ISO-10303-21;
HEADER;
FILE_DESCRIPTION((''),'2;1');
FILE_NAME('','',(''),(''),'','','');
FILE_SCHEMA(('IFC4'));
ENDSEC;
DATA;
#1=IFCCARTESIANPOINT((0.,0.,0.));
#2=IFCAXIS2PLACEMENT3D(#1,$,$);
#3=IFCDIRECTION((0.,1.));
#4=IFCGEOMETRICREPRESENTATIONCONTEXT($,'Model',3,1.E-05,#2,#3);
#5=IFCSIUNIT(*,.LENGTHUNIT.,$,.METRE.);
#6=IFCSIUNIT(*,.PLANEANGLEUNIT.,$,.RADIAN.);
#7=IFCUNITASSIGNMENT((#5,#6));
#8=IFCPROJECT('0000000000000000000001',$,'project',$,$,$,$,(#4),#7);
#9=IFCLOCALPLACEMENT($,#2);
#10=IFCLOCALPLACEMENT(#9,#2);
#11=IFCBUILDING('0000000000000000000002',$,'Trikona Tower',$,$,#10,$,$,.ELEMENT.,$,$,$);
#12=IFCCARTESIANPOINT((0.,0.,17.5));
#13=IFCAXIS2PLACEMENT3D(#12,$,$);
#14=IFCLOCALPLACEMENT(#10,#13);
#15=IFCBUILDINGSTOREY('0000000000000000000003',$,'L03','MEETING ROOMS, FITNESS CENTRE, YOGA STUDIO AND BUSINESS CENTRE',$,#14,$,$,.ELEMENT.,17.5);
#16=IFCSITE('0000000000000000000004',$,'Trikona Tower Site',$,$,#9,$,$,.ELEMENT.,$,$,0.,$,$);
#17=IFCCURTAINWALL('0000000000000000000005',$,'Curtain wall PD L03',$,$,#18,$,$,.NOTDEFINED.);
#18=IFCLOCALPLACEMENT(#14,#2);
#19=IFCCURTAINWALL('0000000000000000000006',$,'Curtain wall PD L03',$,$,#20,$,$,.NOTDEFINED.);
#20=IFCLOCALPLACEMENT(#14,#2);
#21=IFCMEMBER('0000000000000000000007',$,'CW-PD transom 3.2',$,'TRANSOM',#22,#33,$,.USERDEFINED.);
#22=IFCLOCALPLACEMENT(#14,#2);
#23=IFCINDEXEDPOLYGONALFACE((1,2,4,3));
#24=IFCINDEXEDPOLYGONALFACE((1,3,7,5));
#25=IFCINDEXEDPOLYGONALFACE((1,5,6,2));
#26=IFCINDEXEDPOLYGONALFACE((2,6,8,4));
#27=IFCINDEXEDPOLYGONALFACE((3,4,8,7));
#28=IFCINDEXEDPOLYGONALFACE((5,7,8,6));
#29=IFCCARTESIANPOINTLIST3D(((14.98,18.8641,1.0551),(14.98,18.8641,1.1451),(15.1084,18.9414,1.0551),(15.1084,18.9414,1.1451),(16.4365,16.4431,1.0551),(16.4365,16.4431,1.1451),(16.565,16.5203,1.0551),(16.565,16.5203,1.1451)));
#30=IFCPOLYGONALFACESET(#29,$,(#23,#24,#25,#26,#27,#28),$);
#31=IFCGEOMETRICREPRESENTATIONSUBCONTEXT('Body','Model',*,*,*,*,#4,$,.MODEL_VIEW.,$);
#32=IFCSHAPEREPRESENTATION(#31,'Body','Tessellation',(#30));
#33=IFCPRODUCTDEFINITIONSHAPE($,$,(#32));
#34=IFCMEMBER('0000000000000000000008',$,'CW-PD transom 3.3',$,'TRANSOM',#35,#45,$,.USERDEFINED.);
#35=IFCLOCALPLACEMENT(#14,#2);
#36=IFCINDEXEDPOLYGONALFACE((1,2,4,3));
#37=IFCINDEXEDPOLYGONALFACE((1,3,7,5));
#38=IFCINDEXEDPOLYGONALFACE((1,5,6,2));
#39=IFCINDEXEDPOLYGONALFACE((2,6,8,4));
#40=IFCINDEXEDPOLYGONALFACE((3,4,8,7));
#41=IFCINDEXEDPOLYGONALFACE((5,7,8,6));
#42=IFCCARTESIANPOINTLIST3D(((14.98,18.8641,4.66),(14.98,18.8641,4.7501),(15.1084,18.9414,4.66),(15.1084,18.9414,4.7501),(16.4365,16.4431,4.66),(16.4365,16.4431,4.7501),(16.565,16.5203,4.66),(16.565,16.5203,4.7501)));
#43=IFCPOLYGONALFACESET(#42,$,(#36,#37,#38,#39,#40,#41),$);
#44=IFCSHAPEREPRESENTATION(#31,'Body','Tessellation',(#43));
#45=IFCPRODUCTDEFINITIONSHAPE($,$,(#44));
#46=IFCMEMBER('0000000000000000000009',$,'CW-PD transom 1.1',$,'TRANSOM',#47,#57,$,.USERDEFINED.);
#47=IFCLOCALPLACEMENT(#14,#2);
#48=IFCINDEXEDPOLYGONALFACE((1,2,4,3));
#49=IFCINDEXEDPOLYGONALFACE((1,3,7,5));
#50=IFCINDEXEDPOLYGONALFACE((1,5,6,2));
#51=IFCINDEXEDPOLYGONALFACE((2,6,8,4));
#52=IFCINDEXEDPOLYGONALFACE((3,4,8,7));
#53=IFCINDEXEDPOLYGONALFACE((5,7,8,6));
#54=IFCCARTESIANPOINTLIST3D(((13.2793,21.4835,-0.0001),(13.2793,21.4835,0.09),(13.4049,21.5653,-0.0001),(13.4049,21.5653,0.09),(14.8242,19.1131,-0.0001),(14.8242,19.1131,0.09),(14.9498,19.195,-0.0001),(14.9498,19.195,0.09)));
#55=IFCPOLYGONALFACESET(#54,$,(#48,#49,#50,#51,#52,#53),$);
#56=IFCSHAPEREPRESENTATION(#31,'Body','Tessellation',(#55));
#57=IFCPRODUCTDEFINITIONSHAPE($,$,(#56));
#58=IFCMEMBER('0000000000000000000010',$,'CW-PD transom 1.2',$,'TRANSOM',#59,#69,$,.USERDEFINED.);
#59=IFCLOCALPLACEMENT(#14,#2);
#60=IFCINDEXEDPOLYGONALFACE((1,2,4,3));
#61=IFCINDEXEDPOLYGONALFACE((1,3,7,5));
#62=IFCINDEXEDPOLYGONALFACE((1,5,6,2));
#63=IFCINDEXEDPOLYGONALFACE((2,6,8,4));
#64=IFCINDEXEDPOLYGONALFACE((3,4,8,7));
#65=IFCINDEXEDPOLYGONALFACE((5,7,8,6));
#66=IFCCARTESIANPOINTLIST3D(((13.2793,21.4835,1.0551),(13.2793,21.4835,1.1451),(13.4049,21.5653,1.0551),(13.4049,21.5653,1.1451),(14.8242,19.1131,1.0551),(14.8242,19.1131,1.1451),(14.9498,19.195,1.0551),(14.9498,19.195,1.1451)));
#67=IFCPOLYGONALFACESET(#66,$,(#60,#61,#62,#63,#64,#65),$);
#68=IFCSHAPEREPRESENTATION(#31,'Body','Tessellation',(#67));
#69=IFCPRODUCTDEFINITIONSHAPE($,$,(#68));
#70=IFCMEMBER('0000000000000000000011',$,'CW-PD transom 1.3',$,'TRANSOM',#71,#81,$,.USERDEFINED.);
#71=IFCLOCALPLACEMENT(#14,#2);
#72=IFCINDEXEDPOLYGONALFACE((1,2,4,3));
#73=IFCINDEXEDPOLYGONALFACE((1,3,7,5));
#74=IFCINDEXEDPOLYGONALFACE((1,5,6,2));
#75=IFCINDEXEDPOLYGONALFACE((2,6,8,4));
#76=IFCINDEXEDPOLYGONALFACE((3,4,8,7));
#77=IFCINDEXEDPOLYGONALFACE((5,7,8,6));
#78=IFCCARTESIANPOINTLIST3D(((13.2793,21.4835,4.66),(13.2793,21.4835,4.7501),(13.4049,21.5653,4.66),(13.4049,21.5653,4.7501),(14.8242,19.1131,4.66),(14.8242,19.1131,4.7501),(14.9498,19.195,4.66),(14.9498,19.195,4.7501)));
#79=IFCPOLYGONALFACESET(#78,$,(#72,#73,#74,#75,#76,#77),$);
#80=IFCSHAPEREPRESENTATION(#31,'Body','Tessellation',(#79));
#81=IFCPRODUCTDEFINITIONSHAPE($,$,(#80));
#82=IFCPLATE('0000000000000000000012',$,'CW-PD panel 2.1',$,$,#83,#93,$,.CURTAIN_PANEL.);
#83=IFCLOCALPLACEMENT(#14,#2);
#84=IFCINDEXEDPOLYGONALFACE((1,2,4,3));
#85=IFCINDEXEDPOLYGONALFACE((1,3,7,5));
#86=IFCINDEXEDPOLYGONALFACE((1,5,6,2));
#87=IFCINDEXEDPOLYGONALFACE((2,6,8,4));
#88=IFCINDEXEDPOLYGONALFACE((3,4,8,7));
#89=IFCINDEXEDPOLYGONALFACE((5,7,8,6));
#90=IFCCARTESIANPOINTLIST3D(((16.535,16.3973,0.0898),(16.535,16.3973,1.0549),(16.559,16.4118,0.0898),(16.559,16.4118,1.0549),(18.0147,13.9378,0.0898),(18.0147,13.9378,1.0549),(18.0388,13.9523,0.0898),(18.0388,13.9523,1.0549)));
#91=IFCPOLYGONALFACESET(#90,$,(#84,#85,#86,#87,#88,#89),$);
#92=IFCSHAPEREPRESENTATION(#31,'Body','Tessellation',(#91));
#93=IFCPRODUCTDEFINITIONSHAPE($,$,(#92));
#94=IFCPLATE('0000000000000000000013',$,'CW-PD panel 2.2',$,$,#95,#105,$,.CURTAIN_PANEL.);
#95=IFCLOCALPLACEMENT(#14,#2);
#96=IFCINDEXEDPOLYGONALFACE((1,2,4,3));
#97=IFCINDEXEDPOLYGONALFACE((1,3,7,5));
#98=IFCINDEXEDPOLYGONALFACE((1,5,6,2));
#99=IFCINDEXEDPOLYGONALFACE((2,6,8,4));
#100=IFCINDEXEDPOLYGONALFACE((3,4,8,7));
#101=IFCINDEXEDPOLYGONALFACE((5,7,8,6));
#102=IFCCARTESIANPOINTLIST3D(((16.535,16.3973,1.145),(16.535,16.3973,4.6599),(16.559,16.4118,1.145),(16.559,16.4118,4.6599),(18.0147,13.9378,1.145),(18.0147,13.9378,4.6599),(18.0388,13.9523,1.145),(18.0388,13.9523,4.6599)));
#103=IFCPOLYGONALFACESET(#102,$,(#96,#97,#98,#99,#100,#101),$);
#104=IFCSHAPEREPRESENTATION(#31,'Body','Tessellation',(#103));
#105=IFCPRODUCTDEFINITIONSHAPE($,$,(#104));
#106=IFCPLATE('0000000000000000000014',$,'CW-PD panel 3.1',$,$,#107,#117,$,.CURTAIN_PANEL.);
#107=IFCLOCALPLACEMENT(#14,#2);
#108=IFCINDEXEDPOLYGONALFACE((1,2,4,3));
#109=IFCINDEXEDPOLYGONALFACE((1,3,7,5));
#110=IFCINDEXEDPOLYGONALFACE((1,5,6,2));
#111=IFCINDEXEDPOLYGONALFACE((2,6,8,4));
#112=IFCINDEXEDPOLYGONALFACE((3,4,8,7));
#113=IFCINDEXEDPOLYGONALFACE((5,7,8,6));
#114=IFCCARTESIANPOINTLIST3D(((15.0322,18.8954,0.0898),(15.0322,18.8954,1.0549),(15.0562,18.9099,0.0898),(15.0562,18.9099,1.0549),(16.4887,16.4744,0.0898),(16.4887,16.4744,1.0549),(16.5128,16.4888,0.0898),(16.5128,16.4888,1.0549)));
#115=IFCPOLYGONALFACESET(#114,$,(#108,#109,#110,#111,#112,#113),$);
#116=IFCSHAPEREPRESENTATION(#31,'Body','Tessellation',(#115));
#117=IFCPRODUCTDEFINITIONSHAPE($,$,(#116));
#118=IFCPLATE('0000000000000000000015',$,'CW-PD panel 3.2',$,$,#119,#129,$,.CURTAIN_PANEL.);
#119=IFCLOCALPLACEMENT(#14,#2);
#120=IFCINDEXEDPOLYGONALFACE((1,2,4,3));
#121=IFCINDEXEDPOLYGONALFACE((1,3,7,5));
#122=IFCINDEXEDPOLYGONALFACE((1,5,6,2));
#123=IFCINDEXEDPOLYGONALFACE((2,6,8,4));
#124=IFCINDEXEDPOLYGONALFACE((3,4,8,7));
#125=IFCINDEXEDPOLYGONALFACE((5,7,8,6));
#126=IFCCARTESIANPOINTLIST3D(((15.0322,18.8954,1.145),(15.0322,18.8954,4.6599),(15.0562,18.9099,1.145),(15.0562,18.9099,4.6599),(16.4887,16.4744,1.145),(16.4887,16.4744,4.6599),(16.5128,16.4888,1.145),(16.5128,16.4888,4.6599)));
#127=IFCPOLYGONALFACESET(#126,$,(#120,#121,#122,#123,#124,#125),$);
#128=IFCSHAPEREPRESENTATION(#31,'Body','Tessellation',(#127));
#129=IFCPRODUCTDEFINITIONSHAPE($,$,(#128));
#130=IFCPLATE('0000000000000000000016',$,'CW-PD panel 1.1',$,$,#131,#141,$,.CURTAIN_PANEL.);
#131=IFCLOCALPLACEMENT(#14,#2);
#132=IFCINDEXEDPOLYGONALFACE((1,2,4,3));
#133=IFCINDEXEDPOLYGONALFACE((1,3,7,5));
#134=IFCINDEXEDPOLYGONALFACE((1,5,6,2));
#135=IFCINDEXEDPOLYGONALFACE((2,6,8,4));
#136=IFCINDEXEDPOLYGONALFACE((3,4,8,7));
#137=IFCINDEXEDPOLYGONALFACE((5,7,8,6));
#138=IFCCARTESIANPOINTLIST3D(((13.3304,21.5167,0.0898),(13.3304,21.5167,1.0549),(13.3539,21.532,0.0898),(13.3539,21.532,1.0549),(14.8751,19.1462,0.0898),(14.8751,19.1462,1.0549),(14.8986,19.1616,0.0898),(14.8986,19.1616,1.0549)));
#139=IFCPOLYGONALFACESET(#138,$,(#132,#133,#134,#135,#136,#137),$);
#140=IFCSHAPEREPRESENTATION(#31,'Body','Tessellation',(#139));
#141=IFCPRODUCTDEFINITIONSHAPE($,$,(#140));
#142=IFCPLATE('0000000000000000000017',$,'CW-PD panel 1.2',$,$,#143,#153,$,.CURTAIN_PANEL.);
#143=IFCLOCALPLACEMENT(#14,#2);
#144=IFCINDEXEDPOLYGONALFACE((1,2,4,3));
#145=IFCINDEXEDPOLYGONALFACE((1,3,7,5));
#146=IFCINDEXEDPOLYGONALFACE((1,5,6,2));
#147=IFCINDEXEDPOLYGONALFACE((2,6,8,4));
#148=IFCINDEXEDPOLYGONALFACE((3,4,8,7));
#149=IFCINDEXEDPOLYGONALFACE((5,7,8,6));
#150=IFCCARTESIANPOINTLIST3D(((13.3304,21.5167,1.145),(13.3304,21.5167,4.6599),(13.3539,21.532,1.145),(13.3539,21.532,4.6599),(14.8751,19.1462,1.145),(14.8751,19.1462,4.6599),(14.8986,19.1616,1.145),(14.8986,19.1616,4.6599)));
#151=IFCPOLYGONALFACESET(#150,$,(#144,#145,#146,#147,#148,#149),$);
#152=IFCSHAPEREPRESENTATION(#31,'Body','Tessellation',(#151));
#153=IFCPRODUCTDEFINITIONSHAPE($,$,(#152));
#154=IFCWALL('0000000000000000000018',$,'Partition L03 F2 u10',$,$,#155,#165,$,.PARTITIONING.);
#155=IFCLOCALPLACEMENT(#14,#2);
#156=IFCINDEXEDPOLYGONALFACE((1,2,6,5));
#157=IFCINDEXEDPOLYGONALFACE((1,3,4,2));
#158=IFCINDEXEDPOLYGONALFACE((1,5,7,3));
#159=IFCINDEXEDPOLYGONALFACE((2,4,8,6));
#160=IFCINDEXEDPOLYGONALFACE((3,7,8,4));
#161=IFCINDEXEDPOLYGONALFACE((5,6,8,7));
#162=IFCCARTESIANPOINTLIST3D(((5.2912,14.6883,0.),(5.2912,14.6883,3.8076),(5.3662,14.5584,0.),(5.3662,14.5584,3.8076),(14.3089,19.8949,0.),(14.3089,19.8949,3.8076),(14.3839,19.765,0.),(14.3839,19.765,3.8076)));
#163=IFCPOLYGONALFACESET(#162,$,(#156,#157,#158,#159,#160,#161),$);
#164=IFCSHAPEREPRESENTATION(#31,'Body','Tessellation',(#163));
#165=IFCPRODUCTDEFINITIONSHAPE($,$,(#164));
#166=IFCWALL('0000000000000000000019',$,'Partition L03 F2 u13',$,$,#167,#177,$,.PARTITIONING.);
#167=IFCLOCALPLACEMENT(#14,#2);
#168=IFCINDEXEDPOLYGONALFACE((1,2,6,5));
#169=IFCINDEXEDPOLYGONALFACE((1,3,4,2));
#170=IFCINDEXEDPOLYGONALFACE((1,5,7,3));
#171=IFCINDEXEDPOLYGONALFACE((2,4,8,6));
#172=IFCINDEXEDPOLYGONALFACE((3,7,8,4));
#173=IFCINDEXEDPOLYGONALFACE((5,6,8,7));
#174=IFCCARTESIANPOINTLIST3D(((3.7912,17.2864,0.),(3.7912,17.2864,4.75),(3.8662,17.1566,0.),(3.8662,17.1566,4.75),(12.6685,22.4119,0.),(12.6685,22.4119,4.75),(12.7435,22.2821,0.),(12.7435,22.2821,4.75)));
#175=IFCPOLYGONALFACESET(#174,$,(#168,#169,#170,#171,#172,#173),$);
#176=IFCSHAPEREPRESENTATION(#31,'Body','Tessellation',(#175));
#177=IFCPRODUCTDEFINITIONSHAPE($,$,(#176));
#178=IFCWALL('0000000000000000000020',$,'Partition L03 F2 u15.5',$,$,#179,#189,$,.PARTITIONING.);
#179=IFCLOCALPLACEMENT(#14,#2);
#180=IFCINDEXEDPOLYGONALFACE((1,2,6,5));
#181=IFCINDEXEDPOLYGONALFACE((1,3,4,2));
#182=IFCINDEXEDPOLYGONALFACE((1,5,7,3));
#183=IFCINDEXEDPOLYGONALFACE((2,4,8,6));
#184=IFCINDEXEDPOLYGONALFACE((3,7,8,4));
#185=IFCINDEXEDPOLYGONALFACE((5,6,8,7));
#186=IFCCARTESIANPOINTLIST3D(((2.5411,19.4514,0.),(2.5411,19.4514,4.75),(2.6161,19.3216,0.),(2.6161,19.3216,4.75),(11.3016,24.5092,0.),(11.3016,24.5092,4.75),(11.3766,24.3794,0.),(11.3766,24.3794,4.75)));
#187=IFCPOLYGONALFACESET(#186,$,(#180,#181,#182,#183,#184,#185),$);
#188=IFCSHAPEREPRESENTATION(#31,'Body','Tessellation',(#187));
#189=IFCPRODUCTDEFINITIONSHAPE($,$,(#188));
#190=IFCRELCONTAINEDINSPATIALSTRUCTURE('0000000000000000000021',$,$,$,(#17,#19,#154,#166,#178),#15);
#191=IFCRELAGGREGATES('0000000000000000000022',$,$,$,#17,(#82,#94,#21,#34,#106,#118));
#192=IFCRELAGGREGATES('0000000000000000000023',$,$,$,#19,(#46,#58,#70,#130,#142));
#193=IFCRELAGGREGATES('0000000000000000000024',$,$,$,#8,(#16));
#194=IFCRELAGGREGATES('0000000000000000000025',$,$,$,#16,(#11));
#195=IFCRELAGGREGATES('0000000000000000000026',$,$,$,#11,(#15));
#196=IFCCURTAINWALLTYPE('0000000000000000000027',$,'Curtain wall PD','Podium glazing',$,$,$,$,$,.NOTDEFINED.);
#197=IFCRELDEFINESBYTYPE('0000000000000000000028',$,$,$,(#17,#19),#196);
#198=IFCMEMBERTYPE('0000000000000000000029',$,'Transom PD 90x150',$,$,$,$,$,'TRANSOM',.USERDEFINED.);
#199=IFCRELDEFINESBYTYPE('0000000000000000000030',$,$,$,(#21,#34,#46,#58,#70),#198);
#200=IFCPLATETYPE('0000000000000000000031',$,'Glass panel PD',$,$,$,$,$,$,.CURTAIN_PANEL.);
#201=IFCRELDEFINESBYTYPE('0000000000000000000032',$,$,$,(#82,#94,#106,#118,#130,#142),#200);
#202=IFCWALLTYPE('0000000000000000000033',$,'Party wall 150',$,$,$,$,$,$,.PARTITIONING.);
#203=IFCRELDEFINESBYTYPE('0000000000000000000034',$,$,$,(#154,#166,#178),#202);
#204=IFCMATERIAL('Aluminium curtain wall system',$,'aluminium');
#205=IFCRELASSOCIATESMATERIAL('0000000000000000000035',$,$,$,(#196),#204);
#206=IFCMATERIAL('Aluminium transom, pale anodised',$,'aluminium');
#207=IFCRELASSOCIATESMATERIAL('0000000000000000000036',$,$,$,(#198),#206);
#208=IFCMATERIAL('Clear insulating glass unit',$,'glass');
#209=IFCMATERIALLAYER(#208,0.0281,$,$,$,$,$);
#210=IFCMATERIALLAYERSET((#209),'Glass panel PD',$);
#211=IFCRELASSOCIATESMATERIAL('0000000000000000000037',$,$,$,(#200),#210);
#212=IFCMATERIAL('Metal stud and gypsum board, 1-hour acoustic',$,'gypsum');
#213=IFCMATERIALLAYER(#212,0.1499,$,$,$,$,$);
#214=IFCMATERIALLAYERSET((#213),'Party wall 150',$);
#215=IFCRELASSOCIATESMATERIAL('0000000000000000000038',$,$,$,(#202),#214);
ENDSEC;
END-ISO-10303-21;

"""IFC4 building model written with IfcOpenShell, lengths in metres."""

from ifc_helpers import new_model, si_unit, direction, frame, frame_2d, origin, origin_2d, place, context, subcontext, project, spatial, rectangle, extrude, material, layer, layer_set, material_profile, profile_set, type_object, element, aggregate, save


model = new_model("IFC4")

# Units and contexts
model_context = context("Model", 3, precision=1e-05, world=origin(), true_north=direction((0.0, 1.0)))
body_context = subcontext(model_context, "Body", "Model", "MODEL_VIEW")
ifc_project = project(units=[si_unit("LENGTHUNIT", "METRE"), si_unit("PLANEANGLEUNIT", "RADIAN")], contexts=[model_context])

# Site, building, storey
site_placement = place(None, origin())
site = spatial("IfcSite", under=ifc_project, at=site_placement, Name="Trikona Tower Site", CompositionType="ELEMENT", RefElevation=0.0)
building_placement = place(site_placement, origin())
building = spatial("IfcBuilding", under=site, at=building_placement, Name="Trikona Tower", CompositionType="ELEMENT")
storey_placement = place(building_placement, frame((0.0, 0.0, 17.5)))
storey = spatial("IfcBuildingStorey", under=building, at=storey_placement, Name="L03", Description="MEETING ROOMS, FITNESS CENTRE, YOGA STUDIO AND BUSINESS CENTRE", CompositionType="ELEMENT", Elevation=17.5)

# Curtain walls
ifc_material_1 = material(Name="Aluminium curtain wall system", Category="aluminium")
curtain_wall_type = type_object("IfcCurtainWallType", Name="Curtain wall PD", Description="Podium glazing", PredefinedType="NOTDEFINED", material=ifc_material_1)
curtain_wall_1_placement = place(storey_placement, origin())
curtain_wall_1 = element("IfcCurtainWall", 1, at=curtain_wall_1_placement, inside=storey, type_object=curtain_wall_type, Name="Curtain wall PD L03", PredefinedType="NOTDEFINED")
curtain_wall_2_placement = place(storey_placement, origin())
curtain_wall_2 = element("IfcCurtainWall", 2, at=curtain_wall_2_placement, inside=storey, type_object=curtain_wall_type, Name="Curtain wall PD L03", PredefinedType="NOTDEFINED")

# Members
ifc_material_2 = material(Name="Aluminium transom, pale anodised", Category="aluminium")
ifc_material_profile_1 = material_profile(ifc_material_2, rectangle(XDim=0.1499, YDim=0.0901, at=origin_2d()), Name="TRN-PD")
ifc_profile_set_1 = profile_set([ifc_material_profile_1], Name="Aluminium transom, pale anodised")
member_type_1 = type_object("IfcMemberType", Name="Transom PD 90x150", ElementType="TRANSOM", PredefinedType="USERDEFINED", material=ifc_profile_set_1)
member_1_placement = place(storey_placement, frame((16.5007, 16.4817, 1.1001), z_axis=(-0.515499, 0.85689, 0.0), x_axis=(-0.85689, -0.515499, 0.0)))
member_1 = element("IfcMember", 3, at=member_1_placement, type_object=member_type_1, Name="CW-PD transom 3.2", ObjectType="TRANSOM", PredefinedType="USERDEFINED", context=body_context, shape_type="SweptSolid", body=[
    extrude(rectangle(XDim=0.1499, YDim=0.0901, at=origin_2d()), origin(), (0.0, 0.0, 1.0), 2.8254),
])
member_2_placement = place(storey_placement, frame((16.5007, 16.4817, 4.7051), z_axis=(-0.515499, 0.85689, 0.0), x_axis=(-0.85689, -0.515499, 0.0)))
member_2 = element("IfcMember", 4, at=member_2_placement, type_object=member_type_1, Name="CW-PD transom 3.3", ObjectType="TRANSOM", PredefinedType="USERDEFINED", context=body_context, shape_type="SweptSolid", body=[
    extrude(rectangle(XDim=0.1499, YDim=0.0901, at=origin_2d()), origin(), (0.0, 0.0, 1.0), 2.8254),
])
member_3_placement = place(storey_placement, frame((14.887, 19.1541, 0.0449), z_axis=(-0.546028, 0.837767, 0.0), x_axis=(-0.837767, -0.546028, 0.0)))
member_3 = element("IfcMember", 5, at=member_3_placement, type_object=member_type_1, Name="CW-PD transom 1.1", ObjectType="TRANSOM", PredefinedType="USERDEFINED", context=body_context, shape_type="SweptSolid", body=[
    extrude(rectangle(XDim=0.1499, YDim=0.0901, at=origin_2d()), origin(), (0.0, 0.0, 1.0), 2.8293),
])
member_4_placement = place(storey_placement, frame((14.887, 19.1541, 1.1001), z_axis=(-0.546028, 0.837767, 0.0), x_axis=(-0.837767, -0.546028, 0.0)))
member_4 = element("IfcMember", 6, at=member_4_placement, type_object=member_type_1, Name="CW-PD transom 1.2", ObjectType="TRANSOM", PredefinedType="USERDEFINED", context=body_context, shape_type="SweptSolid", body=[
    extrude(rectangle(XDim=0.1499, YDim=0.0901, at=origin_2d()), origin(), (0.0, 0.0, 1.0), 2.8293),
])
member_5_placement = place(storey_placement, frame((14.887, 19.1541, 4.7051), z_axis=(-0.546028, 0.837767, 0.0), x_axis=(-0.837767, -0.546028, 0.0)))
member_5 = element("IfcMember", 7, at=member_5_placement, type_object=member_type_1, Name="CW-PD transom 1.3", ObjectType="TRANSOM", PredefinedType="USERDEFINED", context=body_context, shape_type="SweptSolid", body=[
    extrude(rectangle(XDim=0.1499, YDim=0.0901, at=origin_2d()), origin(), (0.0, 0.0, 1.0), 2.8293),
])

# Plates
ifc_material_3 = material(Name="Clear insulating glass unit", Category="glass")
ifc_layer_1 = layer(ifc_material_3, 0.0281)
ifc_layer_set_1 = layer_set([ifc_layer_1], Name="Glass panel PD")
plate_type = type_object("IfcPlateType", Name="Glass panel PD", PredefinedType="CURTAIN_PANEL", material=ifc_layer_set_1)
plate_1_placement = place(storey_placement, frame((17.2869, 15.1748, 0.0898), z_axis=(0.0, 0.0, 1.0), x_axis=(-0.515515, 0.85688, 0.0)))
plate_1 = element("IfcPlate", 8, at=plate_1_placement, type_object=plate_type, Name="CW-PD panel 2.1", PredefinedType="CURTAIN_PANEL", context=body_context, shape_type="SweptSolid", body=[
    extrude(rectangle(XDim=2.8704, YDim=0.0281, at=origin_2d()), origin(), (0.0, 0.0, 1.0), 0.9651),
])
plate_2_placement = place(storey_placement, frame((17.2869, 15.1748, 1.145), z_axis=(0.0, 0.0, 1.0), x_axis=(-0.515515, 0.85688, 0.0)))
plate_2 = element("IfcPlate", 9, at=plate_2_placement, type_object=plate_type, Name="CW-PD panel 2.2", PredefinedType="CURTAIN_PANEL", context=body_context, shape_type="SweptSolid", body=[
    extrude(rectangle(XDim=2.8704, YDim=0.0281, at=origin_2d()), origin(), (0.0, 0.0, 1.0), 3.5149),
])
plate_3_placement = place(storey_placement, frame((15.7725, 17.6921, 0.0898), z_axis=(0.0, 0.0, 1.0), x_axis=(-0.515515, 0.85688, 0.0)))
plate_3 = element("IfcPlate", 10, at=plate_3_placement, type_object=plate_type, Name="CW-PD panel 3.1", PredefinedType="CURTAIN_PANEL", context=body_context, shape_type="SweptSolid", body=[
    extrude(rectangle(XDim=2.8254, YDim=0.0281, at=origin_2d()), origin(), (0.0, 0.0, 1.0), 0.9651),
])
plate_4_placement = place(storey_placement, frame((15.7725, 17.6921, 1.145), z_axis=(0.0, 0.0, 1.0), x_axis=(-0.515515, 0.85688, 0.0)))
plate_4 = element("IfcPlate", 11, at=plate_4_placement, type_object=plate_type, Name="CW-PD panel 3.2", PredefinedType="CURTAIN_PANEL", context=body_context, shape_type="SweptSolid", body=[
    extrude(rectangle(XDim=2.8254, YDim=0.0281, at=origin_2d()), origin(), (0.0, 0.0, 1.0), 3.5149),
])
aggregate(curtain_wall_1, [plate_1, plate_2, member_1, member_2, plate_3, plate_4])
plate_5_placement = place(storey_placement, frame((14.1145, 20.3391, 0.0898), z_axis=(0.0, 0.0, 1.0), x_axis=(-0.545977, 0.8378, 0.0)))
plate_5 = element("IfcPlate", 12, at=plate_5_placement, type_object=plate_type, Name="CW-PD panel 1.1", PredefinedType="CURTAIN_PANEL", context=body_context, shape_type="SweptSolid", body=[
    extrude(rectangle(XDim=2.8293, YDim=0.0281, at=origin_2d()), origin(), (0.0, 0.0, 1.0), 0.9651),
])
plate_6_placement = place(storey_placement, frame((14.1145, 20.3391, 1.145), z_axis=(0.0, 0.0, 1.0), x_axis=(-0.545977, 0.8378, 0.0)))
plate_6 = element("IfcPlate", 13, at=plate_6_placement, type_object=plate_type, Name="CW-PD panel 1.2", PredefinedType="CURTAIN_PANEL", context=body_context, shape_type="SweptSolid", body=[
    extrude(rectangle(XDim=2.8293, YDim=0.0281, at=origin_2d()), origin(), (0.0, 0.0, 1.0), 3.5149),
])
aggregate(curtain_wall_2, [member_3, member_4, member_5, plate_5, plate_6])

# Walls
ifc_material_4 = material(Name="Metal stud and gypsum board, 1-hour acoustic", Category="gypsum")
ifc_layer_2 = layer(ifc_material_4, 0.1499)
ifc_layer_set_2 = layer_set([ifc_layer_2], Name="Party wall 150")
wall_type = type_object("IfcWallType", Name="Party wall 150", PredefinedType="PARTITIONING", material=ifc_layer_set_2)
wall_1_placement = place(storey_placement, frame((5.3286, 14.6233, 0.0), z_axis=(0.0, 0.0, 1.0), x_axis=(0.866015, 0.500017, 0.0)))
element("IfcWall", 14, at=wall_1_placement, inside=storey, type_object=wall_type, Name="Partition L03 F2 u10", PredefinedType="PARTITIONING", context=body_context, shape_type="SweptSolid", body=[
    extrude(rectangle(XDim=10.4128, YDim=0.1499, at=frame_2d((5.2065, 0.0))), origin(), (0.0, 0.0, 1.0), 3.8076),
])
wall_2_placement = place(storey_placement, frame((3.8286, 17.2214, 0.0), z_axis=(0.0, 0.0, 1.0), x_axis=(0.866015, 0.500017, 0.0)))
element("IfcWall", 15, at=wall_2_placement, inside=storey, type_object=wall_type, Name="Partition L03 F2 u13", PredefinedType="PARTITIONING", context=body_context, shape_type="SweptSolid", body=[
    extrude(rectangle(XDim=10.2507, YDim=0.1499, at=frame_2d((5.1255, 0.0))), origin(), (0.0, 0.0, 1.0), 4.75),
])
wall_3_placement = place(storey_placement, frame((2.5786, 19.3865, 0.0), z_axis=(0.0, 0.0, 1.0), x_axis=(0.866026, 0.499999, 0.0)))
element("IfcWall", 16, at=wall_3_placement, inside=storey, type_object=wall_type, Name="Partition L03 F2 u15.5", PredefinedType="PARTITIONING", context=body_context, shape_type="SweptSolid", body=[
    extrude(rectangle(XDim=10.1157, YDim=0.1499, at=frame_2d((5.0579, 0.0))), origin(), (0.0, 0.0, 1.0), 4.75),
])

save(model, "model.ifc")
